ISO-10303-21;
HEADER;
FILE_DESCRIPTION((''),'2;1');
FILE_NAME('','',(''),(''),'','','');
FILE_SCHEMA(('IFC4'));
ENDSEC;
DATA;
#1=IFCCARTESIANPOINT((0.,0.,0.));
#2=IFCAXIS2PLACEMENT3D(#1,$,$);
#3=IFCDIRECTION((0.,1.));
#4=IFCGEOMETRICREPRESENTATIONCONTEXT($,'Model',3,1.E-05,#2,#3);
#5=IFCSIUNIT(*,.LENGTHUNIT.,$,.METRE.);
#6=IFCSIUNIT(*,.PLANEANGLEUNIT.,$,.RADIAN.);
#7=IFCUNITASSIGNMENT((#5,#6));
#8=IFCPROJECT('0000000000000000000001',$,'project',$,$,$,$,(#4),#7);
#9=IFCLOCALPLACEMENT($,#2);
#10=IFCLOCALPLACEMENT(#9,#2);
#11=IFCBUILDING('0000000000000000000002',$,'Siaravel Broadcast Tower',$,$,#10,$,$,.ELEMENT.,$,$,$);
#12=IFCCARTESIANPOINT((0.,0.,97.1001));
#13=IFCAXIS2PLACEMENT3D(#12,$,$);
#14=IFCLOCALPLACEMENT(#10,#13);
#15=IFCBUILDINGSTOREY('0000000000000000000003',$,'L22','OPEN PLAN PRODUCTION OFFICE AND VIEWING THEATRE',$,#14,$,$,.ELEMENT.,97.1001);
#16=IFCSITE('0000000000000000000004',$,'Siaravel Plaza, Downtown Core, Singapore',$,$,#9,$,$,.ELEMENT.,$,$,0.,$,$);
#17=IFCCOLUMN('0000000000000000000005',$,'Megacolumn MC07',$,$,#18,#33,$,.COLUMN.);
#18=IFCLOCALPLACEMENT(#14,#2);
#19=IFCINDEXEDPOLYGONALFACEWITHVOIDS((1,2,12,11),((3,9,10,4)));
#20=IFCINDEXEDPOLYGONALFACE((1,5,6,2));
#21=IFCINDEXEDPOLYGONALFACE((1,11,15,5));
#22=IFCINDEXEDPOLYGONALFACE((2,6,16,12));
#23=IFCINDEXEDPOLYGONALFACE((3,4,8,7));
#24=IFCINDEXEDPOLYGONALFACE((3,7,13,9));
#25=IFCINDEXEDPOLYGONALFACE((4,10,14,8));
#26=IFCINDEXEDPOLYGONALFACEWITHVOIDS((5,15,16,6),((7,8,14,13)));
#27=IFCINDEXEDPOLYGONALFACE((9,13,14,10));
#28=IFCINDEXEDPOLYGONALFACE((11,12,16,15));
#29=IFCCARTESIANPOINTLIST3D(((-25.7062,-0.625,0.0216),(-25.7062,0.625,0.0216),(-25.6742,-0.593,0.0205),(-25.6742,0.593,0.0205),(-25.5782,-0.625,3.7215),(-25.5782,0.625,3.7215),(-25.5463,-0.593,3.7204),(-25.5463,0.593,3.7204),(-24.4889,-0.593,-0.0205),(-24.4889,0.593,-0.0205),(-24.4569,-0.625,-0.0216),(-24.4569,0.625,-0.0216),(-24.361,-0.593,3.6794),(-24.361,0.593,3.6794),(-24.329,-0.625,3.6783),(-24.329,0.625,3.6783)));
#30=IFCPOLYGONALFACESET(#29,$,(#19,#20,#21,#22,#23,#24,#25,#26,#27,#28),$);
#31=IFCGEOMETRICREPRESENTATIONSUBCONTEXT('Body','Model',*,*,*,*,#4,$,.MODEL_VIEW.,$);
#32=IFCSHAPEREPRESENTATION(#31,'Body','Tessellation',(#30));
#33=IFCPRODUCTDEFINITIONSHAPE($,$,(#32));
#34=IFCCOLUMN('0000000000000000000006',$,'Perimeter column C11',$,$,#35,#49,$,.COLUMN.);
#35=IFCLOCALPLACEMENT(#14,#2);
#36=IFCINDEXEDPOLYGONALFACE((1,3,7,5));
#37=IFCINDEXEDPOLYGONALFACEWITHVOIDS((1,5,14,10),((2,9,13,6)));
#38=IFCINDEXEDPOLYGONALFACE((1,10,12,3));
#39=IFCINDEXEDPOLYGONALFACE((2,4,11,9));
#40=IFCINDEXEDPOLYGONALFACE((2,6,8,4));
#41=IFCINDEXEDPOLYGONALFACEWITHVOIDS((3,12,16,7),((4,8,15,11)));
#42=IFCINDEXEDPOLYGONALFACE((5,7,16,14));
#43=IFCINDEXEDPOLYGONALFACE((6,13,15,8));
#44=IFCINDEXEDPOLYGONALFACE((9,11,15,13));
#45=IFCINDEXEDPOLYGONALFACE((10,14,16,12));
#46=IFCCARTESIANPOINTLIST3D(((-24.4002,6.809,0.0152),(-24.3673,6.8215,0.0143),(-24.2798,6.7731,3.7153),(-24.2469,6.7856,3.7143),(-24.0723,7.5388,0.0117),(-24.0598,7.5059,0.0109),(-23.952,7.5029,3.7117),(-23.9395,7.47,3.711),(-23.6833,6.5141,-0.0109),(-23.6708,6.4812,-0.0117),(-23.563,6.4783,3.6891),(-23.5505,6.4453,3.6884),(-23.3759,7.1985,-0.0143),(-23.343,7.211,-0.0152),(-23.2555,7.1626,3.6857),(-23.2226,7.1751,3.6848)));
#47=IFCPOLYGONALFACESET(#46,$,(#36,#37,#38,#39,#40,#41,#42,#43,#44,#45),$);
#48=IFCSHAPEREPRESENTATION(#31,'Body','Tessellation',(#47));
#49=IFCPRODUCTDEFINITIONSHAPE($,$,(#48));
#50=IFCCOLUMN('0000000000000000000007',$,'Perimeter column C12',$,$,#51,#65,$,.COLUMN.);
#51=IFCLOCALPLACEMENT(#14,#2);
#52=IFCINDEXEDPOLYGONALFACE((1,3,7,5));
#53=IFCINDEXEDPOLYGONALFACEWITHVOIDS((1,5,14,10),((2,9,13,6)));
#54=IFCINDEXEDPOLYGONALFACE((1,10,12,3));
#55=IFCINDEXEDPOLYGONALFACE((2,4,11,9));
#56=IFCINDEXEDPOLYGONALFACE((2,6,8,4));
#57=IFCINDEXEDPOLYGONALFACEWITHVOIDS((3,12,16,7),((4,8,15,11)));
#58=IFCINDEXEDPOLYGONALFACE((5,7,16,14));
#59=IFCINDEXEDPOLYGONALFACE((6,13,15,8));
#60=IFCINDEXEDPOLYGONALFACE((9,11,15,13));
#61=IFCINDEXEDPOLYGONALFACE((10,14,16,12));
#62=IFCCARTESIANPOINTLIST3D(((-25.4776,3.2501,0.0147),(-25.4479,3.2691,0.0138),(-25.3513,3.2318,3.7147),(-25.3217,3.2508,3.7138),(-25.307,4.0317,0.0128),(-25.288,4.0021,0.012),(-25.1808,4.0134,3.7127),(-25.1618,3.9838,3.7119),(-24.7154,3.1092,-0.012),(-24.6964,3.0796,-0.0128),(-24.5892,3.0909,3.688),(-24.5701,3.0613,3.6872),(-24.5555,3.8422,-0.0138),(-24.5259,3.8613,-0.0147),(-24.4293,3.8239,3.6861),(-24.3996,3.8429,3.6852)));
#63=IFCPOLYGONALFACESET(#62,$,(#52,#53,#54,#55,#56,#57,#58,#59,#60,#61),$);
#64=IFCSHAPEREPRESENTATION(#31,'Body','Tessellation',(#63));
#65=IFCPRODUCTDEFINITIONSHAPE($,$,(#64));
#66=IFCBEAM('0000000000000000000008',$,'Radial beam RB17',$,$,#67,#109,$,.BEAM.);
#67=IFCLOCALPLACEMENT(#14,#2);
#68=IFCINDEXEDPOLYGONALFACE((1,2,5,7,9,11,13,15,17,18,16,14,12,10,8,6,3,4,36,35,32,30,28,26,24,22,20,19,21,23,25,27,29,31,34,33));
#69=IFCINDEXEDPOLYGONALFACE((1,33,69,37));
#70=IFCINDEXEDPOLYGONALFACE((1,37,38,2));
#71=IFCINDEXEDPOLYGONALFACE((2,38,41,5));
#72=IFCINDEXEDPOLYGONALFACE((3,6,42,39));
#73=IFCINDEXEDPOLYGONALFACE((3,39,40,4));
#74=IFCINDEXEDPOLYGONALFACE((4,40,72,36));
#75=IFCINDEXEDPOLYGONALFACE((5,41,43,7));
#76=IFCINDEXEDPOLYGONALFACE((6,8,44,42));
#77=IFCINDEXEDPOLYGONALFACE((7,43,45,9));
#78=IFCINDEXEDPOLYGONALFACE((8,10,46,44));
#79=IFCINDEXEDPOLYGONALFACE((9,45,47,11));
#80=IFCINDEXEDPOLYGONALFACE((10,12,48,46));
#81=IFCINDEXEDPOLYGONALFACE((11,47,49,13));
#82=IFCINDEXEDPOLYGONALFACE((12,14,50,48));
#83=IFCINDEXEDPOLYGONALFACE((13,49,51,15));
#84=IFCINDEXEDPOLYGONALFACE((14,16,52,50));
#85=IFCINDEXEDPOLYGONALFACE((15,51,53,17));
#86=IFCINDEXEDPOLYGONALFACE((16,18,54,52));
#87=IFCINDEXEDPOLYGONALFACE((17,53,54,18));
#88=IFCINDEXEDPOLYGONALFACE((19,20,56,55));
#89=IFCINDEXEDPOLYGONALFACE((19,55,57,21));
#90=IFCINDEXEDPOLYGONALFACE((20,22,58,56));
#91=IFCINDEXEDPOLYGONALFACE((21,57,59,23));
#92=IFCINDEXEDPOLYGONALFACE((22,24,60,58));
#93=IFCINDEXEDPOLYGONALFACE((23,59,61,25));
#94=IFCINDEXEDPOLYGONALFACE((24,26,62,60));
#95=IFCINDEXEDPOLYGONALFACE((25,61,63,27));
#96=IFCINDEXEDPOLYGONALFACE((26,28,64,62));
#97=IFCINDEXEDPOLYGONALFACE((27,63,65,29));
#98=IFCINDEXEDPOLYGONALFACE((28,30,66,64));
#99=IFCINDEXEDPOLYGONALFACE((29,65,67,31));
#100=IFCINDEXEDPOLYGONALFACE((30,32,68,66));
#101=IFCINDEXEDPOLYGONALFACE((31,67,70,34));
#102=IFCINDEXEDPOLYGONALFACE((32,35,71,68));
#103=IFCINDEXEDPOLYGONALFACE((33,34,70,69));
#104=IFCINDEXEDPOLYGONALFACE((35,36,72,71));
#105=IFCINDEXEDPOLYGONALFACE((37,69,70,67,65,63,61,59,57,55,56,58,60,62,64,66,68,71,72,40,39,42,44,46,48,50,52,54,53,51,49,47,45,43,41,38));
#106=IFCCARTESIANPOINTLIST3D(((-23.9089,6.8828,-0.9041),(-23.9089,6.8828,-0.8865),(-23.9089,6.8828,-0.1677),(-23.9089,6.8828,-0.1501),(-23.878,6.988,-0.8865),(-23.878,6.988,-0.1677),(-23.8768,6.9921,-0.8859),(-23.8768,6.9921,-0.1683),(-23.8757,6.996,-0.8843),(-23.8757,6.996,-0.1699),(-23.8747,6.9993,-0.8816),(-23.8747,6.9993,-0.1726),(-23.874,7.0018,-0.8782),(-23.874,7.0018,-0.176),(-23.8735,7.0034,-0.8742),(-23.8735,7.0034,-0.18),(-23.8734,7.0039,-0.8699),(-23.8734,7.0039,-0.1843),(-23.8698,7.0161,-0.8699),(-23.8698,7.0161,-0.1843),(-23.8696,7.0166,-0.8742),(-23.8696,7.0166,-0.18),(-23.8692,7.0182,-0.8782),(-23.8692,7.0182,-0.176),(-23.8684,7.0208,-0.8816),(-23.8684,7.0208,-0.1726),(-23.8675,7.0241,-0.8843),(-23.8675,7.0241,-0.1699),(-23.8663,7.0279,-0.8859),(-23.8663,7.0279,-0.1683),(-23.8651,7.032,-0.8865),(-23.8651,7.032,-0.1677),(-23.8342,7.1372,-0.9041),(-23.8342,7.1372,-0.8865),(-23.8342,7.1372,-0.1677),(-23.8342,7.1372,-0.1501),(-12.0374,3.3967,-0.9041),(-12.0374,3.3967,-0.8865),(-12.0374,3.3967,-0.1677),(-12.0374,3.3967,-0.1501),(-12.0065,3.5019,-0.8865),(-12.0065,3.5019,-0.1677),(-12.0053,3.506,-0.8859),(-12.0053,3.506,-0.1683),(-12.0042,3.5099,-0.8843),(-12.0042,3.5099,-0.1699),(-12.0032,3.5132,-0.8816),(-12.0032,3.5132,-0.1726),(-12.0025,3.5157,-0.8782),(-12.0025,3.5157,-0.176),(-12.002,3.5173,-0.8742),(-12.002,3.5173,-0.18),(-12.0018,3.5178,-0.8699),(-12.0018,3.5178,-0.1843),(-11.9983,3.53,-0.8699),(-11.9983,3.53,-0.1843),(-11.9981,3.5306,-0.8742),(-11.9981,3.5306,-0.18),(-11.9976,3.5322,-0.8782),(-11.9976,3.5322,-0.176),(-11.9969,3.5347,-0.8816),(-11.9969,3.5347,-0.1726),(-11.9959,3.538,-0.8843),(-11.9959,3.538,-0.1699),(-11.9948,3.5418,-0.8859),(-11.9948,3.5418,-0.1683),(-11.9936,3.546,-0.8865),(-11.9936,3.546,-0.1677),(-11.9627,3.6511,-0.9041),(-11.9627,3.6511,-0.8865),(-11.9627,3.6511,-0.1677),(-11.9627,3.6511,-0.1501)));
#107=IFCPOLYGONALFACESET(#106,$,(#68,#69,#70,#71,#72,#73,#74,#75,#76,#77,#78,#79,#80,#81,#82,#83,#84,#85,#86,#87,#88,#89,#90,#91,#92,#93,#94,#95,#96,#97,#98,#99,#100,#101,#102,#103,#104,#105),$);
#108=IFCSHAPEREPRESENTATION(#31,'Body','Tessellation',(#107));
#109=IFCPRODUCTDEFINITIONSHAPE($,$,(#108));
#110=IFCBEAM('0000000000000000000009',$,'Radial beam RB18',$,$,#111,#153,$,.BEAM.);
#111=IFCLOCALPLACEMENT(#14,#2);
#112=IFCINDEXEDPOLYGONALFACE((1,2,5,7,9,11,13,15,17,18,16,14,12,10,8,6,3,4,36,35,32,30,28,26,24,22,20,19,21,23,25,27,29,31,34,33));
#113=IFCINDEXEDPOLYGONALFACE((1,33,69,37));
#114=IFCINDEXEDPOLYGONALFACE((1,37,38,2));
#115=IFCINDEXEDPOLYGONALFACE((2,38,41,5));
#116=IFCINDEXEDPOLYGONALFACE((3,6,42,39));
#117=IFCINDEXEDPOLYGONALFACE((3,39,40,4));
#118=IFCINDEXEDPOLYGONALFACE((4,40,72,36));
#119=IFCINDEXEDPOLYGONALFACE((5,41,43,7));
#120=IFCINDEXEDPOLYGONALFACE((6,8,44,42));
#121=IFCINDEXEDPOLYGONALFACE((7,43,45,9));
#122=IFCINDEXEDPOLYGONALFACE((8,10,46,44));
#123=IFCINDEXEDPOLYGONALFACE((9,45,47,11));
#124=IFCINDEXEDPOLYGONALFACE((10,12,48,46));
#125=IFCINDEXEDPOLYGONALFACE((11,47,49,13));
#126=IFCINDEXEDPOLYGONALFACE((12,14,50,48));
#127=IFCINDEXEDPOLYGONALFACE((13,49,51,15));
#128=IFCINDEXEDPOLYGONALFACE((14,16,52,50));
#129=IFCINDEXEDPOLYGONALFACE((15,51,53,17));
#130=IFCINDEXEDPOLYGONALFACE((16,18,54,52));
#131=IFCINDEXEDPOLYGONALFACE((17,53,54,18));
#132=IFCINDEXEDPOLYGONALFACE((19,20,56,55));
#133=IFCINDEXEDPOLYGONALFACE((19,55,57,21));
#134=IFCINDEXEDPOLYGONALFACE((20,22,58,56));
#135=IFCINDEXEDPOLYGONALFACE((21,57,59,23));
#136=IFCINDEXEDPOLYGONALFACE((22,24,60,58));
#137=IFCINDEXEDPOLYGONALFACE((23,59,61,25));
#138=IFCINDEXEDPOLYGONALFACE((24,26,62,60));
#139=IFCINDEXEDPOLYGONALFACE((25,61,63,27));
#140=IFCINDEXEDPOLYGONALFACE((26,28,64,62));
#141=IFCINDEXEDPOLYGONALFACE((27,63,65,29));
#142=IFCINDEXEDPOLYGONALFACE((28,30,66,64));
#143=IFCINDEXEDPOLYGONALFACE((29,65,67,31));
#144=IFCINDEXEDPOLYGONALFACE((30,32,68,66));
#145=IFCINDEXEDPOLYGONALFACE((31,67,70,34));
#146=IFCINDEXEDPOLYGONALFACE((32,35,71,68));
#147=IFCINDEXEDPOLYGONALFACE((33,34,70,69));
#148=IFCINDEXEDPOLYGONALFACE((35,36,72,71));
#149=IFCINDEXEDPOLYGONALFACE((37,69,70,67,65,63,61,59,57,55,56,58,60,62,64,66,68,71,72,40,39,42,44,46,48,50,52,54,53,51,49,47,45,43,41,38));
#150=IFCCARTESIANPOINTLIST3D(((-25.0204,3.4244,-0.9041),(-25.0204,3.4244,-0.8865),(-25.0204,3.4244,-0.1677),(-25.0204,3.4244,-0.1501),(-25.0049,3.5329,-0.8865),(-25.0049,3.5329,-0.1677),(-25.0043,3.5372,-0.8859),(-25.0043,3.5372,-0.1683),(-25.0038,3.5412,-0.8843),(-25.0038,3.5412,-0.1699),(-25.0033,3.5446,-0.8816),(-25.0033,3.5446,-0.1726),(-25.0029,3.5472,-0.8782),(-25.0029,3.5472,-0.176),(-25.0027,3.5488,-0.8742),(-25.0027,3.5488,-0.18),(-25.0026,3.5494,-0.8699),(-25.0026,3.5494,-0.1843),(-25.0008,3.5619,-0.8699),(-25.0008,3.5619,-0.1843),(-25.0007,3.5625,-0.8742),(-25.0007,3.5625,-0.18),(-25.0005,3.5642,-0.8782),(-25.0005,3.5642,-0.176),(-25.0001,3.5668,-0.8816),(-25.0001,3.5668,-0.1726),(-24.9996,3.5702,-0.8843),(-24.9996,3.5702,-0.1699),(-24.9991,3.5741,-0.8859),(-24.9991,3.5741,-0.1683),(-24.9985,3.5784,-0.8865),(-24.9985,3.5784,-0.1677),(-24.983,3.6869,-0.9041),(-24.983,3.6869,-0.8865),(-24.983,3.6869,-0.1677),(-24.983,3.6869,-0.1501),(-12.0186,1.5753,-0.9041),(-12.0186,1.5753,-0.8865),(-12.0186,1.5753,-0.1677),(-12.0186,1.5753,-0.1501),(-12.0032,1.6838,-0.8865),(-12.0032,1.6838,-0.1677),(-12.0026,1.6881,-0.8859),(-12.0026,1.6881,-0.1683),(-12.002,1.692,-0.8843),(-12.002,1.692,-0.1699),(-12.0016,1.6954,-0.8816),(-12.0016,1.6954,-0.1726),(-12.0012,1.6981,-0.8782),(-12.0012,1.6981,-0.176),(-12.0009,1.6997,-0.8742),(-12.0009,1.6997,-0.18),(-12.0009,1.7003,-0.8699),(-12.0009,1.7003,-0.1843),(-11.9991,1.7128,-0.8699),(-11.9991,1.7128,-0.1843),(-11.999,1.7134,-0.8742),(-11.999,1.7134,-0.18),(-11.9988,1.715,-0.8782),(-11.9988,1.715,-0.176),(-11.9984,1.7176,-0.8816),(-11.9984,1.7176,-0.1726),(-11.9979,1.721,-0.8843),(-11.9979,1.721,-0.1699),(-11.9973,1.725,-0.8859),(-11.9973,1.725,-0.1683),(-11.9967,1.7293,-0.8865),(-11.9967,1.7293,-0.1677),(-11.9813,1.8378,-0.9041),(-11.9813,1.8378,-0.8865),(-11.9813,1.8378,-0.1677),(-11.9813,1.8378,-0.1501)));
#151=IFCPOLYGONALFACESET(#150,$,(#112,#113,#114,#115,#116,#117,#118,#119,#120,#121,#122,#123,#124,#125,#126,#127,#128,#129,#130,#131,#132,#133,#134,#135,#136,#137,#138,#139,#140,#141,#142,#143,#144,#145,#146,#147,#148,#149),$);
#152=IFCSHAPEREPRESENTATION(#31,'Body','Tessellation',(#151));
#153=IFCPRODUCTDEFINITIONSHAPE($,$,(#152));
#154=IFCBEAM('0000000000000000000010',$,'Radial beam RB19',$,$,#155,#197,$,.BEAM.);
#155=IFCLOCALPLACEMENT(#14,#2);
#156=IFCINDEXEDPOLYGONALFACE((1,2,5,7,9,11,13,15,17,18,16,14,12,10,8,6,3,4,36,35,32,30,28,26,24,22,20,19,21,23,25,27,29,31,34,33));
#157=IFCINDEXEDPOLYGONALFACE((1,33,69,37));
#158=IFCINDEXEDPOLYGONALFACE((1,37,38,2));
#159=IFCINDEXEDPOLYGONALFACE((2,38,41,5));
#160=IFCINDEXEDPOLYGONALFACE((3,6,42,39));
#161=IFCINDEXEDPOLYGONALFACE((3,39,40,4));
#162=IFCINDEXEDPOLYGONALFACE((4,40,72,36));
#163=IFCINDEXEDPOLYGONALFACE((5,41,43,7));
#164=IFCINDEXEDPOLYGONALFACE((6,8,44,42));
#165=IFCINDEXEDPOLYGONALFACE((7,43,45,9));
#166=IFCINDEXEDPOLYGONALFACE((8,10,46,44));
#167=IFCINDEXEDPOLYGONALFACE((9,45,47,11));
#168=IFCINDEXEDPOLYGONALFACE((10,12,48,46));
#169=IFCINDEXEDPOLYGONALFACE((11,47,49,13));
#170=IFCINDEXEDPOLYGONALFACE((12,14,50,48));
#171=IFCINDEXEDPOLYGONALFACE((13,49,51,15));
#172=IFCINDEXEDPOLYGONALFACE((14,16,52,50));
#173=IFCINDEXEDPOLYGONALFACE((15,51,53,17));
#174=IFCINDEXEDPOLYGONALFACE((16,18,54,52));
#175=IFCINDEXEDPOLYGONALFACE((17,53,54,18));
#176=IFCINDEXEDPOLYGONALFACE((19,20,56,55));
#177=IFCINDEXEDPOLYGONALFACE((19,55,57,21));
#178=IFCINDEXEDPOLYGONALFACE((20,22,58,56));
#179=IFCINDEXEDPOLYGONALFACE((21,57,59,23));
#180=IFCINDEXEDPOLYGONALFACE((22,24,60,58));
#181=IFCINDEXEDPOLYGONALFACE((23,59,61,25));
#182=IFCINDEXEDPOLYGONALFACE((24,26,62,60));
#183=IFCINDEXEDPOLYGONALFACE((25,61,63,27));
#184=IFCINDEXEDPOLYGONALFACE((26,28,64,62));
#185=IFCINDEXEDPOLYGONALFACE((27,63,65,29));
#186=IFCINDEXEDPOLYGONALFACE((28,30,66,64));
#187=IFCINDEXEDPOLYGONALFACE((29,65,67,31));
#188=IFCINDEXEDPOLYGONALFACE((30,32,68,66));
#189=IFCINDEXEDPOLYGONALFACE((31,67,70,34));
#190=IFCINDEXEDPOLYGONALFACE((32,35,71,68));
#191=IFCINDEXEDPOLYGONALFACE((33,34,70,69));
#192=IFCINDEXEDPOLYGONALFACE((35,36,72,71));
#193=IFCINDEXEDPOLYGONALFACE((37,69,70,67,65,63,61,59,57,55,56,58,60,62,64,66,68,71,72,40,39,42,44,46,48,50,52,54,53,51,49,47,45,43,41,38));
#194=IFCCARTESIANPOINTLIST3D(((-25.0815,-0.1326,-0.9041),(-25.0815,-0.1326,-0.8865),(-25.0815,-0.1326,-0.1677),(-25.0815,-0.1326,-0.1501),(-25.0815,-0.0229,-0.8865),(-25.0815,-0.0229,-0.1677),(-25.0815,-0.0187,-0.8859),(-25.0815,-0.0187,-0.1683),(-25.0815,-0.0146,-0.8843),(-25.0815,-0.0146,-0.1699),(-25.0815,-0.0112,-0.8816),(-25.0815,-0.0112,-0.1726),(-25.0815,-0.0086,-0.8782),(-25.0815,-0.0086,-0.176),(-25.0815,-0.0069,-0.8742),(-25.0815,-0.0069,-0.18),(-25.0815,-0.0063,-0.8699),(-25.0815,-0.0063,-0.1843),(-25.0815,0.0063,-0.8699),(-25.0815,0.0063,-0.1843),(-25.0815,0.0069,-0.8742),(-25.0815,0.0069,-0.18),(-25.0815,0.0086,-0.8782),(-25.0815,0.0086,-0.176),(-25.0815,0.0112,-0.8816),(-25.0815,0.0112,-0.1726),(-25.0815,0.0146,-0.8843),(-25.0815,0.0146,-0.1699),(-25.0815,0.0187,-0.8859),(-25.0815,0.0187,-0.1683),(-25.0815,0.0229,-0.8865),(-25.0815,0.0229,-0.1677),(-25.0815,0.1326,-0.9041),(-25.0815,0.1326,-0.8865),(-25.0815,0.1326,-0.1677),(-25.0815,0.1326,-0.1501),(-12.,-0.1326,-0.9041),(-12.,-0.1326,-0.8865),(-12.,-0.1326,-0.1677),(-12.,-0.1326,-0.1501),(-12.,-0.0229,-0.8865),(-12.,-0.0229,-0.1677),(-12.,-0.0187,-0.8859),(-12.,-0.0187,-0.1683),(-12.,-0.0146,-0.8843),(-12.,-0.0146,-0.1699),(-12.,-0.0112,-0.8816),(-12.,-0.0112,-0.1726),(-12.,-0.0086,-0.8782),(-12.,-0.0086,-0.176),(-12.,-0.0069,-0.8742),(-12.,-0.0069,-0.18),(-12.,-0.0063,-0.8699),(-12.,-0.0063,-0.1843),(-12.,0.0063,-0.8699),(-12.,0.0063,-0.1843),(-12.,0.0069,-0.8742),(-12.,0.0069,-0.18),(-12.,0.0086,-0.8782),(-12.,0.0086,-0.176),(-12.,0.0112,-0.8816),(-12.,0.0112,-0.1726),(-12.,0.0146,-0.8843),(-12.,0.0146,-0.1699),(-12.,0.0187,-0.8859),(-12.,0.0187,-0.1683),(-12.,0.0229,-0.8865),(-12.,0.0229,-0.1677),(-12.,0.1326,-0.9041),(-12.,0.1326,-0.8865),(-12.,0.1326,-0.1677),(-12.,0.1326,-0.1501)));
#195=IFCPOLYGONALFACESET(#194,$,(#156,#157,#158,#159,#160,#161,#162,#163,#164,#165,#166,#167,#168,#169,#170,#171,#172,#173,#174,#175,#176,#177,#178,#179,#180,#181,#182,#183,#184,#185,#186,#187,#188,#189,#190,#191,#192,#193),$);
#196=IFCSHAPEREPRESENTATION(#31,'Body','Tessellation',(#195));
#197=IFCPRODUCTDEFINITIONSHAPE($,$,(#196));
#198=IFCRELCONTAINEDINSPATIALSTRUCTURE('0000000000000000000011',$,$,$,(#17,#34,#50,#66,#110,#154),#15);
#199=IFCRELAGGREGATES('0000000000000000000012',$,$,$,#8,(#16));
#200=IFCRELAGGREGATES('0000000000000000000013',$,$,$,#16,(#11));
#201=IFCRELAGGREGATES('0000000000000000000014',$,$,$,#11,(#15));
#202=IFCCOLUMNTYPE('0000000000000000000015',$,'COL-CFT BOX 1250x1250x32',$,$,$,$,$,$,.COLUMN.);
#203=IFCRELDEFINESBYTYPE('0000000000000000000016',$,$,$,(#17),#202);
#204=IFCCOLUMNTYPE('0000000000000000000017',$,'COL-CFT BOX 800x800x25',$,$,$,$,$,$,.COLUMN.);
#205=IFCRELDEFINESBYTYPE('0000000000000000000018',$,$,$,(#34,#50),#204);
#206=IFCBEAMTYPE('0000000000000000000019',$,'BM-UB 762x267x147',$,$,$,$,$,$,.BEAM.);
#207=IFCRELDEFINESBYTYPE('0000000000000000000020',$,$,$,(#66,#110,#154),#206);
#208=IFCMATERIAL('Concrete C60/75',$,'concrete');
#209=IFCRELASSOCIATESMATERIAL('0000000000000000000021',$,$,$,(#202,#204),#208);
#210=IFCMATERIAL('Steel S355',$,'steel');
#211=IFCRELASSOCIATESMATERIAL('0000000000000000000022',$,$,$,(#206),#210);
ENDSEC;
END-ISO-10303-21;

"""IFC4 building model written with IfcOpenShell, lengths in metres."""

from ifc_helpers import new_model, si_unit, direction, frame, origin, origin_2d, place, context, subcontext, project, spatial, hollow_rectangle, i_section, extrude, material, material_profile, profile_set, type_object, element, save


model = new_model("IFC4")

# Units and contexts
model_context = context("Model", 3, precision=1e-05, world=origin(), true_north=direction((0.0, 1.0)))
body_context = subcontext(model_context, "Body", "Model", "MODEL_VIEW")
ifc_project = project(units=[si_unit("LENGTHUNIT", "METRE"), si_unit("PLANEANGLEUNIT", "RADIAN")], contexts=[model_context])

# Site, building, storey
site_placement = place(None, origin())
site = spatial("IfcSite", under=ifc_project, at=site_placement, Name="Siaravel Plaza, Downtown Core, Singapore", CompositionType="ELEMENT", RefElevation=0.0)
building_placement = place(site_placement, origin())
building = spatial("IfcBuilding", under=site, at=building_placement, Name="Siaravel Broadcast Tower", CompositionType="ELEMENT")
storey_placement = place(building_placement, frame((0.0, 0.0, 97.1001)))
storey = spatial("IfcBuildingStorey", under=building, at=storey_placement, Name="L22", Description="OPEN PLAN PRODUCTION OFFICE AND VIEWING THEATRE", CompositionType="ELEMENT", Elevation=97.1001)

# Columns
ifc_material_1 = material(Name="Concrete C60/75", Category="concrete")
ifc_material_profile_1 = material_profile(ifc_material_1, hollow_rectangle(XDim=1.25, YDim=1.25, WallThickness=0.032, at=origin_2d()))
ifc_profile_set_1 = profile_set([ifc_material_profile_1], Name="Concrete C60/75")
column_type_1 = type_object("IfcColumnType", Name="COL-CFT BOX 1250x1250x32", PredefinedType="COLUMN", material=ifc_profile_set_1)
column_placement = place(storey_placement, frame((-25.0815, 0.0, 0.0), z_axis=(0.034555, 0.0, 0.999403), x_axis=(0.0, 1.0, 0.0)))
element("IfcColumn", 1, at=column_placement, inside=storey, type_object=column_type_1, Name="Megacolumn MC07", PredefinedType="COLUMN", context=body_context, shape_type="SweptSolid", body=[
    extrude(hollow_rectangle(XDim=1.25, YDim=1.25, WallThickness=0.032, at=origin_2d()), origin(), (0.0, 0.0, 1.0), 3.7021),
])
ifc_material_profile_2 = material_profile(ifc_material_1, hollow_rectangle(XDim=0.8, YDim=0.8, WallThickness=0.0249, at=origin_2d()))
ifc_profile_set_2 = profile_set([ifc_material_profile_2], Name="Concrete C60/75")
column_type_2 = type_object("IfcColumnType", Name="COL-CFT BOX 800x800x25", PredefinedType="COLUMN", material=ifc_profile_set_2)
for number, where, z_axis, x_axis, name in (
    (2, (-23.8716, 7.01, 0.0), (0.032512, -0.009694, 0.999424), (0.40979, 0.912169, -0.004483), "Perimeter column C11"),
    (3, (-25.0017, 3.5557, 0.0), (0.034094, -0.004946, 0.999406), (0.213128, 0.977021, -0.002436), "Perimeter column C12"),
):
    element("IfcColumn", number, at=place(storey_placement, frame(where, z_axis=z_axis, x_axis=x_axis)), inside=storey, type_object=column_type_2, Name=name, PredefinedType="COLUMN", context=body_context, shape_type="SweptSolid", body=[
        extrude(hollow_rectangle(XDim=0.8, YDim=0.8, WallThickness=0.0249, at=origin_2d()), origin(), (0.0, 0.0, 1.0), 3.7021),
    ])

# Beams
ifc_material_2 = material(Name="Steel S355", Category="steel")
ifc_material_profile_3 = material_profile(ifc_material_2, i_section(OverallWidth=0.2651, OverallDepth=0.7539, WebThickness=0.0127, FlangeThickness=0.0176, FilletRadius=0.0166, at=origin_2d()))
ifc_profile_set_3 = profile_set([ifc_material_profile_3], Name="Steel S355")
beam_type = type_object("IfcBeamType", Name="BM-UB 762x267x147", PredefinedType="BEAM", material=ifc_profile_set_3)
beam_1_placement = place(storey_placement, frame((-23.8716, 7.01, -0.5271), z_axis=(0.959487, -0.281753, 0.0), x_axis=(0.281753, 0.959487, 0.0)))
element("IfcBeam", 4, at=beam_1_placement, inside=storey, type_object=beam_type, Name="Radial beam RB17", PredefinedType="BEAM", context=body_context, shape_type="SweptSolid", body=[
    extrude(i_section(OverallWidth=0.2651, OverallDepth=0.7539, WebThickness=0.0127, FlangeThickness=0.0176, FilletRadius=0.0166, at=origin_2d()), origin(), (0.0, 0.0, 1.0), 12.3728),
])
beam_2_placement = place(storey_placement, frame((-25.0017, 3.5557, -0.5271), z_axis=(0.990037, -0.140804, 0.0), x_axis=(0.140804, 0.990037, 0.0)))
element("IfcBeam", 5, at=beam_2_placement, inside=storey, type_object=beam_type, Name="Radial beam RB18", PredefinedType="BEAM", context=body_context, shape_type="SweptSolid", body=[
    extrude(i_section(OverallWidth=0.2651, OverallDepth=0.7539, WebThickness=0.0127, FlangeThickness=0.0176, FilletRadius=0.0166, at=origin_2d()), origin(), (0.0, 0.0, 1.0), 13.1326),
])
beam_3_placement = place(storey_placement, frame((-25.0815, 0.0, -0.5271), z_axis=(1.0, 0.0, 0.0), x_axis=(0.0, 1.0, 0.0)))
element("IfcBeam", 6, at=beam_3_placement, inside=storey, type_object=beam_type, Name="Radial beam RB19", PredefinedType="BEAM", context=body_context, shape_type="SweptSolid", body=[
    extrude(i_section(OverallWidth=0.2651, OverallDepth=0.7539, WebThickness=0.0127, FlangeThickness=0.0176, FilletRadius=0.0166, at=origin_2d()), origin(), (0.0, 0.0, 1.0), 13.0815),
])

save(model, "model.ifc")
